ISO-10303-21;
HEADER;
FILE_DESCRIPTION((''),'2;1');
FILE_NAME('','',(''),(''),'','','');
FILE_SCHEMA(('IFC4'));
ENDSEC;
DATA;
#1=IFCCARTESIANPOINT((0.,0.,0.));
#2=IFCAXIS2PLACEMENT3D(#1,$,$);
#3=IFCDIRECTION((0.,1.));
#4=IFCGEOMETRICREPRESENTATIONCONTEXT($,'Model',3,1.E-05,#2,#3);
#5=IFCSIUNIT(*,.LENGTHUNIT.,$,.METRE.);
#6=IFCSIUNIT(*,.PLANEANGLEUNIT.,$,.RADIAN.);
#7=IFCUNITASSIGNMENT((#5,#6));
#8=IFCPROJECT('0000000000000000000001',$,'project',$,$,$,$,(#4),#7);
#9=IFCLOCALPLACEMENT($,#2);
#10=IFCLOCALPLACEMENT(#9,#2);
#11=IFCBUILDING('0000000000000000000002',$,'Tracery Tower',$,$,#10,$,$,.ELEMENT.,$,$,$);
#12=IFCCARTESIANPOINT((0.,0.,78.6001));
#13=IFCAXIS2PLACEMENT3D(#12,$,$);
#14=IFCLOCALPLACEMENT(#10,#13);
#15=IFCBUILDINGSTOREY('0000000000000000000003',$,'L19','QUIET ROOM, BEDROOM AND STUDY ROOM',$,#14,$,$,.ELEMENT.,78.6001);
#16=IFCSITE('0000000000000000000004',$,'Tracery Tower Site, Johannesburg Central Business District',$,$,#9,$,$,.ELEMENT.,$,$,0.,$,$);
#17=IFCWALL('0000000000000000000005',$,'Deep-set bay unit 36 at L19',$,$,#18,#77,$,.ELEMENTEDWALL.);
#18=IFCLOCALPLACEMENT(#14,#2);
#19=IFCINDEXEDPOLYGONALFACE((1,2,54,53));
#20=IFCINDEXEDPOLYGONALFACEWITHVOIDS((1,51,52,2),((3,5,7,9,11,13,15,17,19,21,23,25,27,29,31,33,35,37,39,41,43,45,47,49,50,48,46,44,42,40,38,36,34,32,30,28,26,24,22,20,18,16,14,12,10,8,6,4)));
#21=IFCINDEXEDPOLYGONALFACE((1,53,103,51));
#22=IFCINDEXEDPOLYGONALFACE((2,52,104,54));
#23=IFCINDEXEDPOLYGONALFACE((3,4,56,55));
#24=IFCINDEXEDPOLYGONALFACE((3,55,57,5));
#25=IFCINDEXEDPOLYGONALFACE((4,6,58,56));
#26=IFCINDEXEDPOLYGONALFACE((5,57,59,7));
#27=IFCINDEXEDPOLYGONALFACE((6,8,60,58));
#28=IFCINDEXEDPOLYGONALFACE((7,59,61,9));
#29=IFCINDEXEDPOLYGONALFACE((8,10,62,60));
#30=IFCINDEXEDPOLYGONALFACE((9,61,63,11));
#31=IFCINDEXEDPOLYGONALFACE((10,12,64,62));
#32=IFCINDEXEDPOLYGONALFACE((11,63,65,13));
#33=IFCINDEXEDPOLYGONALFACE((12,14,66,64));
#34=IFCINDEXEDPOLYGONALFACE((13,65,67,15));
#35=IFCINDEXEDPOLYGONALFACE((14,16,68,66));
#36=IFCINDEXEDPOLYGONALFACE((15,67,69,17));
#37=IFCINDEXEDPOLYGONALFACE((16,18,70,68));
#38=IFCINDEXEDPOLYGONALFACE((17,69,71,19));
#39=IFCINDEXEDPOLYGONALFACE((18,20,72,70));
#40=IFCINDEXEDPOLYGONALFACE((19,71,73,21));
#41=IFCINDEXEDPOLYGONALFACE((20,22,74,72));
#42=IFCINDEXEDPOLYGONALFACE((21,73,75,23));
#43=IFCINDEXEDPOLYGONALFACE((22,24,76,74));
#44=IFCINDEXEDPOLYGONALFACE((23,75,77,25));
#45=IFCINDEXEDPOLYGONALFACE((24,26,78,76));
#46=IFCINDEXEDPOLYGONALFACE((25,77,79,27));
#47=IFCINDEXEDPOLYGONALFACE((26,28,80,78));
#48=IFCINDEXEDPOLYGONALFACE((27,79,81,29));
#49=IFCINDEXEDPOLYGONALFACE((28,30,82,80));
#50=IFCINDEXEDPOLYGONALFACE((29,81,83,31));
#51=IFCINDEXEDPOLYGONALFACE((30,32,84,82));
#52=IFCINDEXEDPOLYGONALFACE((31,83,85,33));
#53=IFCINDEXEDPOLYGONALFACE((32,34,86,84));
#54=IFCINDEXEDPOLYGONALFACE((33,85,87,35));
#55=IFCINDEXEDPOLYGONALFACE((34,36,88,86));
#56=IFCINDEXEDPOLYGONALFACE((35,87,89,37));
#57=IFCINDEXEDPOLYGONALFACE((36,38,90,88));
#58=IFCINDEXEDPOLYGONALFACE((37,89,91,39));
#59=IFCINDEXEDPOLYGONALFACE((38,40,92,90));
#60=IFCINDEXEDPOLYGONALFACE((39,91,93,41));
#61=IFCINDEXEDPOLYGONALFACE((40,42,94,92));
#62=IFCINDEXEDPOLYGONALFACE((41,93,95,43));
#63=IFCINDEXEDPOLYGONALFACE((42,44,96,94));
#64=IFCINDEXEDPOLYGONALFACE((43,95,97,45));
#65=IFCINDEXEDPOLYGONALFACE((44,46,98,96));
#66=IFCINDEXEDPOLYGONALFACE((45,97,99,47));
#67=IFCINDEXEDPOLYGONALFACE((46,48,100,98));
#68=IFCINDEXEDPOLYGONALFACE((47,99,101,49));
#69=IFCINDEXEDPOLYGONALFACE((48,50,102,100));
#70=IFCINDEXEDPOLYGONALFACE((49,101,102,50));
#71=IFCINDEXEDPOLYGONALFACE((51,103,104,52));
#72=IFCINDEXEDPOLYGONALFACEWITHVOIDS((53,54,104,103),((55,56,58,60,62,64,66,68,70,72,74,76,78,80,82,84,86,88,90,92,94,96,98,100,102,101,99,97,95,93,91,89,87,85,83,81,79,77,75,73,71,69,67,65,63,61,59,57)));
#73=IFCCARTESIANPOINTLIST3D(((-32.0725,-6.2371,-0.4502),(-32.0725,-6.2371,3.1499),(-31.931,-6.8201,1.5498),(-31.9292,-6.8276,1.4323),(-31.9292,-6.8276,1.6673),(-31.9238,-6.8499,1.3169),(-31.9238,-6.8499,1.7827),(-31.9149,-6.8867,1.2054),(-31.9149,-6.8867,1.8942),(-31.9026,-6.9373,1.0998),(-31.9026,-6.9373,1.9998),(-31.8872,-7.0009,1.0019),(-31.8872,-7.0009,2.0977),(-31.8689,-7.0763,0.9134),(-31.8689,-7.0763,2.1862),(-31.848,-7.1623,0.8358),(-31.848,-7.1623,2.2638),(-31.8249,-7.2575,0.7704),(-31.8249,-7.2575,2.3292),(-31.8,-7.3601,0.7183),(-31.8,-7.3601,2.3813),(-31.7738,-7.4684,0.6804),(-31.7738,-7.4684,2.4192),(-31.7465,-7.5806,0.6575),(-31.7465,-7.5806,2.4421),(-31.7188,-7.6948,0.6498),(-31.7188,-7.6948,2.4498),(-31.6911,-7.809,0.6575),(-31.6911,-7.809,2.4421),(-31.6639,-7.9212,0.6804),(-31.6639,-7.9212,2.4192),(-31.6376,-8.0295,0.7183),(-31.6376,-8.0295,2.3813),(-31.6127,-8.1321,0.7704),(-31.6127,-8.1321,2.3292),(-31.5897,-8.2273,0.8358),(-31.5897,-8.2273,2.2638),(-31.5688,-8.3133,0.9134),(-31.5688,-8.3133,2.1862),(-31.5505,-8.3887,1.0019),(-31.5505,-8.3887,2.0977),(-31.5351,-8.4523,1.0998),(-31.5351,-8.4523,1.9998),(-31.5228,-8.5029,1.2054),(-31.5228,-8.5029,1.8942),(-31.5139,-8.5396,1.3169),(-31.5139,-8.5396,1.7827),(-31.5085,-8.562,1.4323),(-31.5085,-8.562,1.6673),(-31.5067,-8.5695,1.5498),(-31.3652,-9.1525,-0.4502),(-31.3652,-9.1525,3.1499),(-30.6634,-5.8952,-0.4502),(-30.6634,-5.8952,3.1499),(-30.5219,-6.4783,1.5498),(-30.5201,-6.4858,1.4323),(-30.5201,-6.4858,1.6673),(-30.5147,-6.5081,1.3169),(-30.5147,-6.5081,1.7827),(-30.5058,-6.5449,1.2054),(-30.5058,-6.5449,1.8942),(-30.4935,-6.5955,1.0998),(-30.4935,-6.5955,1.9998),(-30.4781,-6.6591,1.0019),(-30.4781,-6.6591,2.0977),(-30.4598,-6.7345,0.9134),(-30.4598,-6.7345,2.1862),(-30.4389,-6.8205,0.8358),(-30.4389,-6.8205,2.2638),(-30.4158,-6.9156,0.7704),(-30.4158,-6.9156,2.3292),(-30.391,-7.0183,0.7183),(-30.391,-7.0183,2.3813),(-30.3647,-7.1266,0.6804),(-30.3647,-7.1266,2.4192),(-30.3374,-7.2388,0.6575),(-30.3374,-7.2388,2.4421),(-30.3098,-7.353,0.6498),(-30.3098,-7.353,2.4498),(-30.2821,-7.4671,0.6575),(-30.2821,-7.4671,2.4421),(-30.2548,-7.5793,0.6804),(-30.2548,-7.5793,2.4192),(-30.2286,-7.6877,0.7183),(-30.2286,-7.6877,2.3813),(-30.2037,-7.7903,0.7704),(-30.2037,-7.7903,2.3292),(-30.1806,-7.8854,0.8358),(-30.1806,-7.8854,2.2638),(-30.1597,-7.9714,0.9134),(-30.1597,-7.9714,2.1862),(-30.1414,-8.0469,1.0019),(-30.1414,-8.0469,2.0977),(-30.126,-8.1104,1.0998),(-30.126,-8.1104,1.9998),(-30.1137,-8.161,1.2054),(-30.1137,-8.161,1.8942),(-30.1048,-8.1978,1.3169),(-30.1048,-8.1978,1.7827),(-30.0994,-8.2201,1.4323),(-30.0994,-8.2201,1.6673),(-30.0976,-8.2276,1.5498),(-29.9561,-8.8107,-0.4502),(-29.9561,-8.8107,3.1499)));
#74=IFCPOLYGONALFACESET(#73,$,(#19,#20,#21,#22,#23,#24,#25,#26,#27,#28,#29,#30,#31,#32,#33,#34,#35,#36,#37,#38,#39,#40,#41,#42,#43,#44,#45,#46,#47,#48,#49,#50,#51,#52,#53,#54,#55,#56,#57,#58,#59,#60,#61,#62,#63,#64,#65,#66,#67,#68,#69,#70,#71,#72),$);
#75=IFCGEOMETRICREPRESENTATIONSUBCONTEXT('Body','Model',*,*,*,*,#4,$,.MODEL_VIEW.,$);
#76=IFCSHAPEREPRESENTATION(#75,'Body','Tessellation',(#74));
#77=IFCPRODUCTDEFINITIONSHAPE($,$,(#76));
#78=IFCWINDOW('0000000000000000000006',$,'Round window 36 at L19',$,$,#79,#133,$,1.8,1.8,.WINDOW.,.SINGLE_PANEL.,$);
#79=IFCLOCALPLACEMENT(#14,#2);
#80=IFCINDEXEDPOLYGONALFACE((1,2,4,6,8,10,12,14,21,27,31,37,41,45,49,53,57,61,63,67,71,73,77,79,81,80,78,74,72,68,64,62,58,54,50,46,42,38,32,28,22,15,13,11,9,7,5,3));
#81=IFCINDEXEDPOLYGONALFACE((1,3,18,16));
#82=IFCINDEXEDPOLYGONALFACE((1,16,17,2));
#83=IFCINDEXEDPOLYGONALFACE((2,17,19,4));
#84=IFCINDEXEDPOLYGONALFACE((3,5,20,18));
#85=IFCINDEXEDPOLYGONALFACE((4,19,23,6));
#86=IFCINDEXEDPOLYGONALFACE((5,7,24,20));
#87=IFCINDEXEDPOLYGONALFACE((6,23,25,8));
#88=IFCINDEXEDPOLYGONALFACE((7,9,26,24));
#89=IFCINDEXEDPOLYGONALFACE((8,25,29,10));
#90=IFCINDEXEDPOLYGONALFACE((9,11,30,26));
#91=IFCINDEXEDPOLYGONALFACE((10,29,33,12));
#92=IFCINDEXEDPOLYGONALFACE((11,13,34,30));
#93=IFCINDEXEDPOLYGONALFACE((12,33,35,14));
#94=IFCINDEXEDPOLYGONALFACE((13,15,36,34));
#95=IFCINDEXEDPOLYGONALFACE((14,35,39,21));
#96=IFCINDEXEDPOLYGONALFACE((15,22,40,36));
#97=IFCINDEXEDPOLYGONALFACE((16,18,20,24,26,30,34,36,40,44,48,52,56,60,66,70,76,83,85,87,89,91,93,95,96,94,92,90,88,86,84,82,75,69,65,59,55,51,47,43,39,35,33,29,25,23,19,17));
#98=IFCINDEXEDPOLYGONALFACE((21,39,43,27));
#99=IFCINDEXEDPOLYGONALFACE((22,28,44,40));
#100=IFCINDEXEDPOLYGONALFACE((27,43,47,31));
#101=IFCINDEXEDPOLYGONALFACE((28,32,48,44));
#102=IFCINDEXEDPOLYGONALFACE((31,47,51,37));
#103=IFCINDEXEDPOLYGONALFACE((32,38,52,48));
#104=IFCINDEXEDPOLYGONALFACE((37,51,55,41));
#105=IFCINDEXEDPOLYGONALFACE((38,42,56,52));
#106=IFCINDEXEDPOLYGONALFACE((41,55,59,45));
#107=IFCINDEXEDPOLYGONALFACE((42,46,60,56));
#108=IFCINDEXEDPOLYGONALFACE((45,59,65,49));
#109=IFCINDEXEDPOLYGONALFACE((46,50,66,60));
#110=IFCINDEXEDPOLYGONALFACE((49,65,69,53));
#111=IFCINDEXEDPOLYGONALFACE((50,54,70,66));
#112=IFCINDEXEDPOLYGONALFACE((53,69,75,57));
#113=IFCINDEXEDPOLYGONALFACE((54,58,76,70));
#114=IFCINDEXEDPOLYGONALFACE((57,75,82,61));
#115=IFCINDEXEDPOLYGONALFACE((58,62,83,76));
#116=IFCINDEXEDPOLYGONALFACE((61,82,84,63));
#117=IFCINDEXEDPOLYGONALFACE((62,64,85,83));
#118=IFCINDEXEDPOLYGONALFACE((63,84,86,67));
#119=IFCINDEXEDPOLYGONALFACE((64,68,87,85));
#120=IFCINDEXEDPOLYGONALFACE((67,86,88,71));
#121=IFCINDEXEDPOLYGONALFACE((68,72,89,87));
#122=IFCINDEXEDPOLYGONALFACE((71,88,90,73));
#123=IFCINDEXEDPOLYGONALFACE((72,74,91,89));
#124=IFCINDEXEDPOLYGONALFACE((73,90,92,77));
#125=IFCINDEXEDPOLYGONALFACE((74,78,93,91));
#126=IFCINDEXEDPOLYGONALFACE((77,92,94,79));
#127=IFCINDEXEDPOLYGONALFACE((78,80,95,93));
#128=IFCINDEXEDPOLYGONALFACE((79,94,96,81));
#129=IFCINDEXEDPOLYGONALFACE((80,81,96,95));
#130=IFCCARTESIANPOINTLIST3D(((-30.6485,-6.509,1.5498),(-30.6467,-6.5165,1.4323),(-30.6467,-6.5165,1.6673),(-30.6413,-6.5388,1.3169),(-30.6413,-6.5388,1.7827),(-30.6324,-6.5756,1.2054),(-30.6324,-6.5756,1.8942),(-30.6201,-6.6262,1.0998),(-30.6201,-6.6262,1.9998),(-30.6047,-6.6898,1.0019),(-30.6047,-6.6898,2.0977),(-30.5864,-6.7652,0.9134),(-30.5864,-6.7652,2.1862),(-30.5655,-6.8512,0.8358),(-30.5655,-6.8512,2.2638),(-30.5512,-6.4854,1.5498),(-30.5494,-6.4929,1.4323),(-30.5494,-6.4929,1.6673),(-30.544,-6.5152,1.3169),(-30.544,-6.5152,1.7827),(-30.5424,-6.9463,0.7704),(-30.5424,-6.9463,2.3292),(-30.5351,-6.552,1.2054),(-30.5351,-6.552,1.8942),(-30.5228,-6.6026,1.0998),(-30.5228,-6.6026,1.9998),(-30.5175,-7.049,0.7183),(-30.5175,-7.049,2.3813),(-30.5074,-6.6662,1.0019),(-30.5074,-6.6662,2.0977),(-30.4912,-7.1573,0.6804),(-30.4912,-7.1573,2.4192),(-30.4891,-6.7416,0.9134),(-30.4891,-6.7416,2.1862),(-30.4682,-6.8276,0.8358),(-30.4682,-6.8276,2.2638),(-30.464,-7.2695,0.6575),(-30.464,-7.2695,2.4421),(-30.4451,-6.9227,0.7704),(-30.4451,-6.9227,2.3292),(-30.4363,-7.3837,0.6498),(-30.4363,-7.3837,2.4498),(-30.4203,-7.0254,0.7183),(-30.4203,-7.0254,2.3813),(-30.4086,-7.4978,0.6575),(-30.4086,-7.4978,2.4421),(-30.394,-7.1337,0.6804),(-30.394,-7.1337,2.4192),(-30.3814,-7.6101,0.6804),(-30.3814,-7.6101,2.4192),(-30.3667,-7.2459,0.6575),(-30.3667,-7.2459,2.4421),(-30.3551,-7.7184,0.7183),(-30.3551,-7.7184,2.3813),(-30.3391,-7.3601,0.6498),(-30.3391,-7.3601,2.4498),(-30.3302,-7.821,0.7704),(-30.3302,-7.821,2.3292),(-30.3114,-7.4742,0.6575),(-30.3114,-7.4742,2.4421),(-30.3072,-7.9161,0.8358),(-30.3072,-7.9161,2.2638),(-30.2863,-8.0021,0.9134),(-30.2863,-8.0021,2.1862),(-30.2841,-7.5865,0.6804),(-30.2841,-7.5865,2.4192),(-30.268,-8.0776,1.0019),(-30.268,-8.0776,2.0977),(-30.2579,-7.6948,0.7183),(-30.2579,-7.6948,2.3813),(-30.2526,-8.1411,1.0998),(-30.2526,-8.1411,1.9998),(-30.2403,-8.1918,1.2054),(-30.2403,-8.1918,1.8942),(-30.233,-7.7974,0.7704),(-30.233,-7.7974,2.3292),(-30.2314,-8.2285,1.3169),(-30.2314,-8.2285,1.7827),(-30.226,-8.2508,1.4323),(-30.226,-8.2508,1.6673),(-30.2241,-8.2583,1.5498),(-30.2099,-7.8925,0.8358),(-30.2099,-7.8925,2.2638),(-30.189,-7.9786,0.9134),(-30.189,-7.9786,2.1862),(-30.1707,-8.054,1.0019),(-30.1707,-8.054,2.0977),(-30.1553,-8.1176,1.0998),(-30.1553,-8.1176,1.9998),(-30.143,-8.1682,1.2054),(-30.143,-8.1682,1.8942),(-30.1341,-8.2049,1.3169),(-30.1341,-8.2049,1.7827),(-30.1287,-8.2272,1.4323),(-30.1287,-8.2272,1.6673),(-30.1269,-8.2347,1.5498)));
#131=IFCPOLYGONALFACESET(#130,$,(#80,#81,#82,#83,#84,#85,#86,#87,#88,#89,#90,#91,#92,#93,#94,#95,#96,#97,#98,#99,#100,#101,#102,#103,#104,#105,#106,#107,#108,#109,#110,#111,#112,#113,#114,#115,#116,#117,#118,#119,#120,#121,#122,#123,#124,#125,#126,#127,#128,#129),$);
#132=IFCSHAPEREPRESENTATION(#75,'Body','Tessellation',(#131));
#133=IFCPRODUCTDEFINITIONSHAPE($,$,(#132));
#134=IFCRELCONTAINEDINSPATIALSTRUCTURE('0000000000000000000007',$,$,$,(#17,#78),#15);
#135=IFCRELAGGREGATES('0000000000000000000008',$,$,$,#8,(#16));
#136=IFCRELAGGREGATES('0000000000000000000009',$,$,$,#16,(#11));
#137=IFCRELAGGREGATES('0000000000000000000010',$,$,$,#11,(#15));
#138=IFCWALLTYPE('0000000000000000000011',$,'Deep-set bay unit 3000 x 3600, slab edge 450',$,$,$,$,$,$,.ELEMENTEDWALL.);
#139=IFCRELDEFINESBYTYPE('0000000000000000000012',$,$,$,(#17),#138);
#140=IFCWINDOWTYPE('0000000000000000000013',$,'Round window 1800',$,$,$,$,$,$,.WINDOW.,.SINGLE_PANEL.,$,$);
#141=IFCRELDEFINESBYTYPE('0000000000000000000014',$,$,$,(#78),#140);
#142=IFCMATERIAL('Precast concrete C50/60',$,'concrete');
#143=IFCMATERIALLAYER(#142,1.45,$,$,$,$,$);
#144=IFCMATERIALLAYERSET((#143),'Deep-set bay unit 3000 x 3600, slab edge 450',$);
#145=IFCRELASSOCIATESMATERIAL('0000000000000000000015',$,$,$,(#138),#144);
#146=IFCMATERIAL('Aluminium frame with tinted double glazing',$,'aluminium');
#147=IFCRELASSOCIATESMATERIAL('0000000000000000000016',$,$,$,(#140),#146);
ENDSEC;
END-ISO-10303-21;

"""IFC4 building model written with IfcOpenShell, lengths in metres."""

from ifc_helpers import new_model, si_unit, direction, frame, frame_2d, origin, origin_2d, place, context, subcontext, project, spatial, rectangle, circle, extrude, material, layer, layer_set, type_object, element, fill, save


model = new_model("IFC4")

# Units and contexts
model_context = context("Model", 3, precision=1e-05, world=origin(), true_north=direction((0.0, 1.0)))
body_context = subcontext(model_context, "Body", "Model", "MODEL_VIEW")
ifc_project = project(units=[si_unit("LENGTHUNIT", "METRE"), si_unit("PLANEANGLEUNIT", "RADIAN")], contexts=[model_context])

# Site, building, storey
site_placement = place(None, origin())
site = spatial("IfcSite", under=ifc_project, at=site_placement, Name="Tracery Tower Site, Johannesburg Central Business District", CompositionType="ELEMENT", RefElevation=0.0)
building_placement = place(site_placement, origin())
building = spatial("IfcBuilding", under=site, at=building_placement, Name="Tracery Tower", CompositionType="ELEMENT")
storey_placement = place(building_placement, frame((0.0, 0.0, 78.6001)))
storey = spatial("IfcBuildingStorey", under=building, at=storey_placement, Name="L19", Description="QUIET ROOM, BEDROOM AND STUDY ROOM", CompositionType="ELEMENT", Elevation=78.6001)

# Wall, opening, window
ifc_material_1 = material(Name="Precast concrete C50/60", Category="concrete")
ifc_layer_1 = layer(ifc_material_1, 1.45)
ifc_layer_set_1 = layer_set([ifc_layer_1], Name="Deep-set bay unit 3000 x 3600, slab edge 450")
wall_type_1 = type_object("IfcWallType", Name="Deep-set bay unit 3000 x 3600, slab edge 450", PredefinedType="ELEMENTEDWALL", material=ifc_layer_set_1)
wall_1_placement = place(storey_placement, frame((-31.3679, -6.0662, -0.4502), z_axis=(0.0, 0.0, 1.0), x_axis=(0.235751, -0.971813, 0.0)))
wall_1 = element("IfcWall", 1, at=wall_1_placement, inside=storey, type_object=wall_type_1, Name="Deep-set bay unit 36 at L19", PredefinedType="ELEMENTEDWALL", context=body_context, shape_type="SweptSolid", body=[
    extrude(rectangle(XDim=3.0, YDim=1.45, at=frame_2d((1.5, 0.0))), origin(), (0.0, 0.0, 1.0), 3.6001),
])
opening_1_placement = place(wall_1_placement, frame((1.5, 0.0, 2.0)))
opening_1 = element("IfcOpeningElement", 2, at=opening_1_placement, cuts=wall_1, PredefinedType="OPENING", context=body_context, shape_type="SweptSolid", body=[
    extrude(circle(Radius=0.9, at=origin_2d()), frame((0.0, 0.7349, 0.0), z_axis=(0.0, -1.0, 0.0), x_axis=(1.0, 0.0, 0.0)), (0.0, 0.0, 1.0), 1.47),
])
ifc_material_2 = material(Name="Aluminium frame with tinted double glazing", Category="aluminium")
window_type = type_object("IfcWindowType", Name="Round window 1800", PartitioningType="SINGLE_PANEL", PredefinedType="WINDOW", material=ifc_material_2)
window_1_placement = place(opening_1_placement, origin())
window_1 = element("IfcWindow", 3, at=window_1_placement, inside=storey, type_object=window_type, Name="Round window 36 at L19", OverallHeight=1.8, OverallWidth=1.8, PartitioningType="SINGLE_PANEL", PredefinedType="WINDOW", context=body_context, shape_type="SweptSolid", body=[
    extrude(circle(Radius=0.9, at=origin_2d()), frame((0.0, 0.6948, 0.0), z_axis=(0.0, -1.0, 0.0), x_axis=(1.0, 0.0, 0.0)), (0.0, 0.0, 1.0), 0.1001),
])
fill(opening_1, window_1)

save(model, "model.ifc")
